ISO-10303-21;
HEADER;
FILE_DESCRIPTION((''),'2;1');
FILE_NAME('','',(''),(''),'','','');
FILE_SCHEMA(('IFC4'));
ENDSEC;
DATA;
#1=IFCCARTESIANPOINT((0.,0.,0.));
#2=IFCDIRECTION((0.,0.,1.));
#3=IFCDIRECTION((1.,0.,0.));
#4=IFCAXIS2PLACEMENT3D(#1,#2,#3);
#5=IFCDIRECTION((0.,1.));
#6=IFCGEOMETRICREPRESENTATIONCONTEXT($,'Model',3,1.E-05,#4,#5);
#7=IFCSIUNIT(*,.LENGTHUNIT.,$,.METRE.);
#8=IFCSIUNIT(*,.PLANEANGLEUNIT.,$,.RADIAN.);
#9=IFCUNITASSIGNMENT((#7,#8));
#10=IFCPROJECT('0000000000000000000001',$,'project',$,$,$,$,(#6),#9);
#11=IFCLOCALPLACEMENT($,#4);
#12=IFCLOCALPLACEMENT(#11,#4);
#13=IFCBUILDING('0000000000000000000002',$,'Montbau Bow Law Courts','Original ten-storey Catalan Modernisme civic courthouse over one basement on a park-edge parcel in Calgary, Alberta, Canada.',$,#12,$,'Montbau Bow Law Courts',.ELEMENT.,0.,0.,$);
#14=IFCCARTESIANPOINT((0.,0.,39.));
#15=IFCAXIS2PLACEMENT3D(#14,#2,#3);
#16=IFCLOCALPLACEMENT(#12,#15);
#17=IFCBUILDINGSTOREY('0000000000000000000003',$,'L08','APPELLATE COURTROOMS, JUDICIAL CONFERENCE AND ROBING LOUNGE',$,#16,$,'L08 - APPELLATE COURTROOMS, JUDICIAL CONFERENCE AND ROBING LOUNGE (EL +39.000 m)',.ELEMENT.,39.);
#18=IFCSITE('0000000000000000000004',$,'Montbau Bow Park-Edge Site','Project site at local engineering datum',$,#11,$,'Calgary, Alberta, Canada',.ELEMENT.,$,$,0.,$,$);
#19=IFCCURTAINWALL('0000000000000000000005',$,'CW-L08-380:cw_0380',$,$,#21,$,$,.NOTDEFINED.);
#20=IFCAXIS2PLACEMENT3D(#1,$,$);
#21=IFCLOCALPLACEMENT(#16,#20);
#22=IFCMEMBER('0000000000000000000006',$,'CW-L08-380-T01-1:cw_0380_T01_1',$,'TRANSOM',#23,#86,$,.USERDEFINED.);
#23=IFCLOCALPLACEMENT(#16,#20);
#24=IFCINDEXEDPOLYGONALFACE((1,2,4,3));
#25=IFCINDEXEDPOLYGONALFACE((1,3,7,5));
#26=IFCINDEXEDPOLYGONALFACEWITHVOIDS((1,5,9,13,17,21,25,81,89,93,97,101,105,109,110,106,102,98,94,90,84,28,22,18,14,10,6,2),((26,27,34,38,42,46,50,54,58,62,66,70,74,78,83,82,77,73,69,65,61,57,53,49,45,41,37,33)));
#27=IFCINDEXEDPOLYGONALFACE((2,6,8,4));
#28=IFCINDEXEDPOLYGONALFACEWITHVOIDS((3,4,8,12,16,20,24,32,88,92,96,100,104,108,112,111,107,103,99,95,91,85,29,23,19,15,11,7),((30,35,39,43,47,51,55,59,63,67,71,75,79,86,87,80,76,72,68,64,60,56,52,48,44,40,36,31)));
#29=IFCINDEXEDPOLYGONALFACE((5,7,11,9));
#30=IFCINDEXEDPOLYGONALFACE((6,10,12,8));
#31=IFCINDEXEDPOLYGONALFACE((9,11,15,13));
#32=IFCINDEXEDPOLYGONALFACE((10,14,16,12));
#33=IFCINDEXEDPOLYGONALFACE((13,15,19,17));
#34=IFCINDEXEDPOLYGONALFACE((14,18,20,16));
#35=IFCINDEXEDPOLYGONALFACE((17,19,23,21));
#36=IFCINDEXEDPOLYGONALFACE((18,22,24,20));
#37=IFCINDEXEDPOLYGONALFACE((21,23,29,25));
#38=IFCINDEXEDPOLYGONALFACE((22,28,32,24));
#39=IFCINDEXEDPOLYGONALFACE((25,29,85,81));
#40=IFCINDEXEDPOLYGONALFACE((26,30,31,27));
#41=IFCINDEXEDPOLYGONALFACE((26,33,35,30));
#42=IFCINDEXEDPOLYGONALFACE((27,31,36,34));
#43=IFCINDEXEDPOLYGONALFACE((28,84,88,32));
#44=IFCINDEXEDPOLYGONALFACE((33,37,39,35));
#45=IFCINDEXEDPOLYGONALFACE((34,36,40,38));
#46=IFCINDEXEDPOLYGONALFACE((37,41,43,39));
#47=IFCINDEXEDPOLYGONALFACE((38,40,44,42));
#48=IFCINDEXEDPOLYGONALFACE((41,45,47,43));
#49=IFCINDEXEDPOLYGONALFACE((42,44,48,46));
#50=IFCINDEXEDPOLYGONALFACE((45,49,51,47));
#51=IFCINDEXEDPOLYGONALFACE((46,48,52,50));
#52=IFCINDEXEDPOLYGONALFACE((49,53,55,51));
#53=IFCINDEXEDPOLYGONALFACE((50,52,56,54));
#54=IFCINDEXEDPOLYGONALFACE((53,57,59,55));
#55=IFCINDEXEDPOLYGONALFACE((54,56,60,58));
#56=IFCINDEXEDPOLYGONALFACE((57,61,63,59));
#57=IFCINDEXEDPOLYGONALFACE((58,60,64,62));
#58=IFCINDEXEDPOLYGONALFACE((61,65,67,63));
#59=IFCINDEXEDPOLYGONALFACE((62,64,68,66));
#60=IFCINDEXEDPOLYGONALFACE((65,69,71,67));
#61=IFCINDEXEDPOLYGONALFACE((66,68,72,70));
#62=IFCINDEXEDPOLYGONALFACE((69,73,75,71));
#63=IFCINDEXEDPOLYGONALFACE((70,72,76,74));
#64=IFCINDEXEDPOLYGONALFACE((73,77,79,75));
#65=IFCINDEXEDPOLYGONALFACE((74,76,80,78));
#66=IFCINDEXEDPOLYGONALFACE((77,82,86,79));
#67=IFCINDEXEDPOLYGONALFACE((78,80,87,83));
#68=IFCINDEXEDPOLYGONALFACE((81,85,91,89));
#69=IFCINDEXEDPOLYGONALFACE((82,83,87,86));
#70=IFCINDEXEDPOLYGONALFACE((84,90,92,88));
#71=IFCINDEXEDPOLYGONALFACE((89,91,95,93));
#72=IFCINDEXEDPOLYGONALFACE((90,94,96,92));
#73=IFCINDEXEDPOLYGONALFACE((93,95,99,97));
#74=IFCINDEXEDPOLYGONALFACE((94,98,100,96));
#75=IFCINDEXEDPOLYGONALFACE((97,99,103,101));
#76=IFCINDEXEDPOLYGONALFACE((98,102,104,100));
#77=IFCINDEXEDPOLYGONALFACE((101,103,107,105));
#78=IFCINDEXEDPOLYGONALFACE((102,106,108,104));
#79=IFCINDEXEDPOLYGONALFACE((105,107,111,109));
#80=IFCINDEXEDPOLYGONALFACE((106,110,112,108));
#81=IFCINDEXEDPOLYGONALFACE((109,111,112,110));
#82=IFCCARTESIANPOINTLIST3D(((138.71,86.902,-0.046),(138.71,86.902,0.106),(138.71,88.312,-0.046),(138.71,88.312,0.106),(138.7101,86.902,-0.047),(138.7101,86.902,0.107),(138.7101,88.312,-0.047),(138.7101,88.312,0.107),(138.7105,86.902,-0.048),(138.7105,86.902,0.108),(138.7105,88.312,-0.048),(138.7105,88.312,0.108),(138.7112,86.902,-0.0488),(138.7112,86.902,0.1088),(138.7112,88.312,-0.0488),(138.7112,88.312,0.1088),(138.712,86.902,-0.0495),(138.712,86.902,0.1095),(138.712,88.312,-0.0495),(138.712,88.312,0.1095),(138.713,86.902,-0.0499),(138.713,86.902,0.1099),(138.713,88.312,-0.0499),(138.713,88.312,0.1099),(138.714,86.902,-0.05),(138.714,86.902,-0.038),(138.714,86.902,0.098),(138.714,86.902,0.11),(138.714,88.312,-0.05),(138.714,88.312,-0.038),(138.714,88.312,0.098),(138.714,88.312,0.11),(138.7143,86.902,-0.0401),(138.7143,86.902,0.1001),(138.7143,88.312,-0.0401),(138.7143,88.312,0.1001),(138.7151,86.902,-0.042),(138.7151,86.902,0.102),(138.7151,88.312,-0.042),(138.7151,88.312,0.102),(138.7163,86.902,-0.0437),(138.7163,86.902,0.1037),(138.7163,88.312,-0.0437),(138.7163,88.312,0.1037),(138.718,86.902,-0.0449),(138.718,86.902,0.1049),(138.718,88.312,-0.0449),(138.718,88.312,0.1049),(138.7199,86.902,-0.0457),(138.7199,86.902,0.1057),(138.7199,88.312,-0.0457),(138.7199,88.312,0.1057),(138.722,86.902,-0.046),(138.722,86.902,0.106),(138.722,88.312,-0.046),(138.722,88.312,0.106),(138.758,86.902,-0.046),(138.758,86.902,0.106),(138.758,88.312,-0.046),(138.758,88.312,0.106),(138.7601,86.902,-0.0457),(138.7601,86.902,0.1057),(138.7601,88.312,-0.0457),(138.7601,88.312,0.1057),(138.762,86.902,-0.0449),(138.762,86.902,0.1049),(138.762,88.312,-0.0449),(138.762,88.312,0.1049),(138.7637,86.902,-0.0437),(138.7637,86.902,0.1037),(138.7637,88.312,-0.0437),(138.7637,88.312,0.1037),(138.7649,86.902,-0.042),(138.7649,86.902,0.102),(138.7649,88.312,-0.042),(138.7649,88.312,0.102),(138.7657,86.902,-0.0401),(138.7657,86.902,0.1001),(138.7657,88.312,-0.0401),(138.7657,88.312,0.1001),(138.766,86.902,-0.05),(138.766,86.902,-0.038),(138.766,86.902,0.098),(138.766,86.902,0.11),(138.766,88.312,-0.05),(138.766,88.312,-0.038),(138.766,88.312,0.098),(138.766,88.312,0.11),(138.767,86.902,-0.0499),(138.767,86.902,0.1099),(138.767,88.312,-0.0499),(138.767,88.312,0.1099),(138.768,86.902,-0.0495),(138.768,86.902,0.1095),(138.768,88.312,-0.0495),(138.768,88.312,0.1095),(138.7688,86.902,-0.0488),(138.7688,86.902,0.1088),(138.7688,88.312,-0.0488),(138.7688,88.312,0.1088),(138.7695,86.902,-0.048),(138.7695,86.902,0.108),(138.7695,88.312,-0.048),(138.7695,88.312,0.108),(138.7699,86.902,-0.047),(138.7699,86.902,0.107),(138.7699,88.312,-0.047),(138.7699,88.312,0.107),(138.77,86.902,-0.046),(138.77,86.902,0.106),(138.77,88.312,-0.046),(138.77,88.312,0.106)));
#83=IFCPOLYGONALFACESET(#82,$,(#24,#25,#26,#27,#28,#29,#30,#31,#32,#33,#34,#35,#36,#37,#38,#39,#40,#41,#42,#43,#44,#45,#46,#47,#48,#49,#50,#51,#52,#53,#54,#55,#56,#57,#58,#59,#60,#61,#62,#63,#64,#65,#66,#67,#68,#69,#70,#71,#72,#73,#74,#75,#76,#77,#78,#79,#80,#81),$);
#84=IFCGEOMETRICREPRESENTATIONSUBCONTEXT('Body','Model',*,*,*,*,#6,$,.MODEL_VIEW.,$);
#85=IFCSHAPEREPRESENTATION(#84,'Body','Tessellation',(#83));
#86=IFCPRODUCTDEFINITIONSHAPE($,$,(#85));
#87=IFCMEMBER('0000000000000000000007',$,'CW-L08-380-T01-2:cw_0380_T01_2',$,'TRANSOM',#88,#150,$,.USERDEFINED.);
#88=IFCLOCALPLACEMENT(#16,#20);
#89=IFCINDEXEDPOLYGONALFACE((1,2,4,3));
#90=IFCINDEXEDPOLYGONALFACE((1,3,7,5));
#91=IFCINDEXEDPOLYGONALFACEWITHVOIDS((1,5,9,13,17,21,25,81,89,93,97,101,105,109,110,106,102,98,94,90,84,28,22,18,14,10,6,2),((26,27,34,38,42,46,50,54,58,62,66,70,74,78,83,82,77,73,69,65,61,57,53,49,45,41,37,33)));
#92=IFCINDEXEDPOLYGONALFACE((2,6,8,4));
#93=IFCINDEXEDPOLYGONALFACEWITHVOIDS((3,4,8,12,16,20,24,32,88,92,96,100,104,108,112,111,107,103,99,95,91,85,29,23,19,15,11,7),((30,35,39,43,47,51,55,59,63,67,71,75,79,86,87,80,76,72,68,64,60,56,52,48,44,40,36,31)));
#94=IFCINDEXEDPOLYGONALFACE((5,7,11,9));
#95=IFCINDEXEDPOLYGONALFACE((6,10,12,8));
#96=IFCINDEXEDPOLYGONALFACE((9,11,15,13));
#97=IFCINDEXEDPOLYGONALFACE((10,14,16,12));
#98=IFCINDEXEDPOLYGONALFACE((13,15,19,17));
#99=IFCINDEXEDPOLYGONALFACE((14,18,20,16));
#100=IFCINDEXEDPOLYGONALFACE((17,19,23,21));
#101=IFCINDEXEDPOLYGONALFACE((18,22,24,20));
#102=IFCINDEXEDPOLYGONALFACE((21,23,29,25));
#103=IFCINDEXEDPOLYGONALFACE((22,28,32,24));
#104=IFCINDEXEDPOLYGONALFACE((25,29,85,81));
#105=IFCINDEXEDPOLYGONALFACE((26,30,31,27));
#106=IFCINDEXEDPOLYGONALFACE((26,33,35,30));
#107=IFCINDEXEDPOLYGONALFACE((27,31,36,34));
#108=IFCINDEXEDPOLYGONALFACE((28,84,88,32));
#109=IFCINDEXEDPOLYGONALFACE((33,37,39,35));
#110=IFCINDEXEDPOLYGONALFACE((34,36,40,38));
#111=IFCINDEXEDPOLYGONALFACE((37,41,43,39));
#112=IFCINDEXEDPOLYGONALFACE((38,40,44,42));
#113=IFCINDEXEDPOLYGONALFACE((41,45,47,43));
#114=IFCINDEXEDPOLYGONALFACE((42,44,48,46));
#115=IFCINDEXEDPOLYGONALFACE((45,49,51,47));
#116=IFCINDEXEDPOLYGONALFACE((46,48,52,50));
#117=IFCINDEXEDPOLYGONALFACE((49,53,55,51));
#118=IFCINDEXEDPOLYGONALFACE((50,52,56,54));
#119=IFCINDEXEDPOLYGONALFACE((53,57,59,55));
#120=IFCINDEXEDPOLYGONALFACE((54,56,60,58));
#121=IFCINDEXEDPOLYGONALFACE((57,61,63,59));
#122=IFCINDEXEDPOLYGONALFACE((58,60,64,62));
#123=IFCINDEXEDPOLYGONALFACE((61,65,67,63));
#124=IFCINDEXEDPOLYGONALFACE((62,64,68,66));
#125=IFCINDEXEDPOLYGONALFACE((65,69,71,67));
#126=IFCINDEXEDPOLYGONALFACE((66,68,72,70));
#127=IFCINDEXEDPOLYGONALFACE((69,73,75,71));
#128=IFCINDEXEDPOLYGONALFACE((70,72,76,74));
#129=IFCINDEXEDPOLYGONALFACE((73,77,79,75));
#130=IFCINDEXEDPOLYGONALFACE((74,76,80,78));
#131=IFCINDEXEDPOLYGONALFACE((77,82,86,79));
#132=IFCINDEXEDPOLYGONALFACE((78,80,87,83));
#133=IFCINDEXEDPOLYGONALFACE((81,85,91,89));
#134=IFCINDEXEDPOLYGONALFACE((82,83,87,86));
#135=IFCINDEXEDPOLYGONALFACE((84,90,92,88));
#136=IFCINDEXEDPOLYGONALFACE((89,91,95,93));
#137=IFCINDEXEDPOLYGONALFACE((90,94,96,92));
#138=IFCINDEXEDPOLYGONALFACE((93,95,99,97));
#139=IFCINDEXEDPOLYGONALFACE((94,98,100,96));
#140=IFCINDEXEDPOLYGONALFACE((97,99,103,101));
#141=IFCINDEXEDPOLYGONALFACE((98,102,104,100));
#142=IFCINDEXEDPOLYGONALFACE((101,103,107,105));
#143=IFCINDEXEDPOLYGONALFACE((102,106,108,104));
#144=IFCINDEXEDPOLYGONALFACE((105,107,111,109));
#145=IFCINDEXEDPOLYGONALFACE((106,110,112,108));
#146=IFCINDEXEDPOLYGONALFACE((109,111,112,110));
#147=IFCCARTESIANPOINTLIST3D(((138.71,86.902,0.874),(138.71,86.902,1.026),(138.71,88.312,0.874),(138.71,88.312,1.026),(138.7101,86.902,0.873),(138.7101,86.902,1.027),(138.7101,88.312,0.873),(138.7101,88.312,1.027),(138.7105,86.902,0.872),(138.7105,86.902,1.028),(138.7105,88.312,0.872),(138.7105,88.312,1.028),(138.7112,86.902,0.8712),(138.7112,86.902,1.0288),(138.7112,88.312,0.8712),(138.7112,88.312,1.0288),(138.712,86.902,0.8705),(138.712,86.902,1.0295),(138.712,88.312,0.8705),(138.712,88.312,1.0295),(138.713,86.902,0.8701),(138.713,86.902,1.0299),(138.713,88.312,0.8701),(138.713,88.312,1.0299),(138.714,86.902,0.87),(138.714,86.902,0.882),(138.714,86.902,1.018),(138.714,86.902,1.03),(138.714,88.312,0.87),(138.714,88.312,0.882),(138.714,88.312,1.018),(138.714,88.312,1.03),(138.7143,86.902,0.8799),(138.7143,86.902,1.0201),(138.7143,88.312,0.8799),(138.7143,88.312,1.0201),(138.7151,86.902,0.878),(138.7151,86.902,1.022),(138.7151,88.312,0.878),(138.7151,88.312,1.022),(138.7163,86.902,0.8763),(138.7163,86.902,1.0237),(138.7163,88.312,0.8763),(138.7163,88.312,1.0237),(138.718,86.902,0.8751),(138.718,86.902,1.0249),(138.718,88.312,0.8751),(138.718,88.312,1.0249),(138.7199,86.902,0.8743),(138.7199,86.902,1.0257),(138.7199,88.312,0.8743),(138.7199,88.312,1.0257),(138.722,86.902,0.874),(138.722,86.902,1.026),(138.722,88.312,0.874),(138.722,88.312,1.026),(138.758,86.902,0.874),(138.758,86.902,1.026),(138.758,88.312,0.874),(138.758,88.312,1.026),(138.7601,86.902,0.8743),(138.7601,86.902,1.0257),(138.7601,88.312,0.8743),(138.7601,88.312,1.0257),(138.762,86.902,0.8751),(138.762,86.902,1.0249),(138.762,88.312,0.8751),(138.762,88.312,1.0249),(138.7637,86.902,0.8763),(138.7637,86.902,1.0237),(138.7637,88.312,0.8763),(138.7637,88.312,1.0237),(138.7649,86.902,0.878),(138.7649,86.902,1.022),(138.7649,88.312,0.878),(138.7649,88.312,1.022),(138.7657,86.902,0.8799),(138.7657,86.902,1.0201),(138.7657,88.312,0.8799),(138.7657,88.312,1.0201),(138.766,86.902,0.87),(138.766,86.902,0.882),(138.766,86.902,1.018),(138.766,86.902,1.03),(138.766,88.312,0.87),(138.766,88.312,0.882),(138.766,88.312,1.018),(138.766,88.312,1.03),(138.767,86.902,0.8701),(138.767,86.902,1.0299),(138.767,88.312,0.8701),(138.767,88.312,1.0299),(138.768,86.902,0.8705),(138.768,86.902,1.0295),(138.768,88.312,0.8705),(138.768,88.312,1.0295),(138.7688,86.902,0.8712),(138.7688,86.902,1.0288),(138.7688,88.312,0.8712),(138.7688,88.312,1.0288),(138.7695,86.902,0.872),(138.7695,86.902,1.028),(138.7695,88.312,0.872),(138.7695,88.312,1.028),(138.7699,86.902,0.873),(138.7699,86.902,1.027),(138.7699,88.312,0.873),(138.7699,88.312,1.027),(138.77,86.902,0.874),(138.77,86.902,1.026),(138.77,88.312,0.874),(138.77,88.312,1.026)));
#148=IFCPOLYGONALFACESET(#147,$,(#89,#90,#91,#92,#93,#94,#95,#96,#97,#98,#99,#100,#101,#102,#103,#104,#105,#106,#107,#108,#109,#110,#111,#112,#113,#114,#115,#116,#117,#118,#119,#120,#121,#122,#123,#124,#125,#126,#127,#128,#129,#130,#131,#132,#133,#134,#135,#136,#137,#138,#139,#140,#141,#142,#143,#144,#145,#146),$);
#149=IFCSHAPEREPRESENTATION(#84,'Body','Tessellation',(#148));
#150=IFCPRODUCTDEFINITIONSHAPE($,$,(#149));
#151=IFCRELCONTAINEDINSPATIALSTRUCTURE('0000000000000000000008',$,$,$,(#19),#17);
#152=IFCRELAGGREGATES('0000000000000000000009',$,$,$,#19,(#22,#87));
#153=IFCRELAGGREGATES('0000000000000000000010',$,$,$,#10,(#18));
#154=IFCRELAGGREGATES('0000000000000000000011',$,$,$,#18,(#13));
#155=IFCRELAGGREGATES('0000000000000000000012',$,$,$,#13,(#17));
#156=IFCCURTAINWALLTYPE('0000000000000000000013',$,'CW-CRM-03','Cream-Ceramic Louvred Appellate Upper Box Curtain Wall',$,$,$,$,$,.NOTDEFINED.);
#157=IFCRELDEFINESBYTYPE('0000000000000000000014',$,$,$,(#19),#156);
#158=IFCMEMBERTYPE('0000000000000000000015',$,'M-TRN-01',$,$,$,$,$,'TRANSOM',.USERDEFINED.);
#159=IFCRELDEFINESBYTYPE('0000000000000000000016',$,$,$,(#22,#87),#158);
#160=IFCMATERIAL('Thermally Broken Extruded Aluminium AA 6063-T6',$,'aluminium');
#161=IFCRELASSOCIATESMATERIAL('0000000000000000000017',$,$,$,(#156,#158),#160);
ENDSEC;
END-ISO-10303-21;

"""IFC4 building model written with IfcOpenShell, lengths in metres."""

from ifc_helpers import new_model, si_unit, direction, frame, origin_with_axes, origin_2d_with_axis, place, context, subcontext, project, spatial, hollow_rectangle, extrude, material, material_profile, profile_set, type_object, element, aggregate, save


model = new_model("IFC4")

# Units and contexts
model_context = context("Model", 3, precision=1e-05, world=origin_with_axes(), true_north=direction((0.0, 1.0)))
body_context = subcontext(model_context, "Body", "Model", "MODEL_VIEW")
ifc_project = project(units=[si_unit("LENGTHUNIT", "METRE"), si_unit("PLANEANGLEUNIT", "RADIAN")], contexts=[model_context])

# Site, building, storey
site_placement = place(None, origin_with_axes())
site = spatial("IfcSite", under=ifc_project, at=site_placement, Name="Montbau Bow Park-Edge Site", Description="Project site at local engineering datum", LongName="Calgary, Alberta, Canada", CompositionType="ELEMENT", RefElevation=0.0)
building_placement = place(site_placement, origin_with_axes())
building = spatial("IfcBuilding", under=site, at=building_placement, Name="Montbau Bow Law Courts", Description="Original ten-storey Catalan Modernisme civic courthouse over one basement on a park-edge parcel in Calgary, Alberta, Canada.", LongName="Montbau Bow Law Courts", CompositionType="ELEMENT", ElevationOfRefHeight=0.0, ElevationOfTerrain=0.0)
storey_placement = place(building_placement, frame((0.0, 0.0, 39.0), z_axis=(0.0, 0.0, 1.0), x_axis=(1.0, 0.0, 0.0)))
storey = spatial("IfcBuildingStorey", under=building, at=storey_placement, Name="L08", Description="APPELLATE COURTROOMS, JUDICIAL CONFERENCE AND ROBING LOUNGE", LongName="L08 - APPELLATE COURTROOMS, JUDICIAL CONFERENCE AND ROBING LOUNGE (EL +39.000 m)", CompositionType="ELEMENT", Elevation=39.0)

# Curtain wall
ifc_material_1 = material(Name="Thermally Broken Extruded Aluminium AA 6063-T6", Category="aluminium")
curtain_wall_type = type_object("IfcCurtainWallType", Name="CW-CRM-03", Description="Cream-Ceramic Louvred Appellate Upper Box Curtain Wall", PredefinedType="NOTDEFINED", material=ifc_material_1)
curtain_wall_1_placement = place(None, frame((138.74, 86.84, 39.0), z_axis=(0.0, 0.0, 1.0), x_axis=(1.0, 0.0, 0.0)))
curtain_wall_1 = element("IfcCurtainWall", 1, at=curtain_wall_1_placement, inside=storey, type_object=curtain_wall_type, Name="CW-L08-380:cw_0380", PredefinedType="NOTDEFINED")
ifc_material_profile_1 = material_profile(ifc_material_1, hollow_rectangle(XDim=0.06, YDim=0.16, WallThickness=0.004, InnerFilletRadius=0.008, OuterFilletRadius=0.004, at=origin_2d_with_axis()), Name="CWT-160X60", Category="Main", Priority=0)
ifc_profile_set_1 = profile_set([ifc_material_profile_1], Name="Thermally Broken Extruded Aluminium AA 6063-T6")
member_type_1 = type_object("IfcMemberType", Name="M-TRN-01", ElementType="TRANSOM", PredefinedType="USERDEFINED", material=ifc_profile_set_1)

# Members
member_1_placement = place(None, frame((138.74, 86.902, 39.03), z_axis=(0.0, 1.0, 0.0), x_axis=(-1.0, 0.0, 0.0)))
member_1 = element("IfcMember", 2, at=member_1_placement, type_object=member_type_1, Name="CW-L08-380-T01-1:cw_0380_T01_1", ObjectType="TRANSOM", PredefinedType="USERDEFINED", context=body_context, shape_type="SweptSolid", body=[
    extrude(hollow_rectangle(XDim=0.06, YDim=0.16, WallThickness=0.004, InnerFilletRadius=0.008, OuterFilletRadius=0.004, at=origin_2d_with_axis()), origin_with_axes(), (0.0, 0.0, 1.0), 1.41),
])
member_2_placement = place(None, frame((138.74, 86.902, 39.95), z_axis=(0.0, 1.0, 0.0), x_axis=(-1.0, 0.0, 0.0)))
member_2 = element("IfcMember", 3, at=member_2_placement, type_object=member_type_1, Name="CW-L08-380-T01-2:cw_0380_T01_2", ObjectType="TRANSOM", PredefinedType="USERDEFINED", context=body_context, shape_type="SweptSolid", body=[
    extrude(hollow_rectangle(XDim=0.06, YDim=0.16, WallThickness=0.004, InnerFilletRadius=0.008, OuterFilletRadius=0.004, at=origin_2d_with_axis()), origin_with_axes(), (0.0, 0.0, 1.0), 1.41),
])

aggregate(curtain_wall_1, [member_1, member_2])

save(model, "model.ifc")
